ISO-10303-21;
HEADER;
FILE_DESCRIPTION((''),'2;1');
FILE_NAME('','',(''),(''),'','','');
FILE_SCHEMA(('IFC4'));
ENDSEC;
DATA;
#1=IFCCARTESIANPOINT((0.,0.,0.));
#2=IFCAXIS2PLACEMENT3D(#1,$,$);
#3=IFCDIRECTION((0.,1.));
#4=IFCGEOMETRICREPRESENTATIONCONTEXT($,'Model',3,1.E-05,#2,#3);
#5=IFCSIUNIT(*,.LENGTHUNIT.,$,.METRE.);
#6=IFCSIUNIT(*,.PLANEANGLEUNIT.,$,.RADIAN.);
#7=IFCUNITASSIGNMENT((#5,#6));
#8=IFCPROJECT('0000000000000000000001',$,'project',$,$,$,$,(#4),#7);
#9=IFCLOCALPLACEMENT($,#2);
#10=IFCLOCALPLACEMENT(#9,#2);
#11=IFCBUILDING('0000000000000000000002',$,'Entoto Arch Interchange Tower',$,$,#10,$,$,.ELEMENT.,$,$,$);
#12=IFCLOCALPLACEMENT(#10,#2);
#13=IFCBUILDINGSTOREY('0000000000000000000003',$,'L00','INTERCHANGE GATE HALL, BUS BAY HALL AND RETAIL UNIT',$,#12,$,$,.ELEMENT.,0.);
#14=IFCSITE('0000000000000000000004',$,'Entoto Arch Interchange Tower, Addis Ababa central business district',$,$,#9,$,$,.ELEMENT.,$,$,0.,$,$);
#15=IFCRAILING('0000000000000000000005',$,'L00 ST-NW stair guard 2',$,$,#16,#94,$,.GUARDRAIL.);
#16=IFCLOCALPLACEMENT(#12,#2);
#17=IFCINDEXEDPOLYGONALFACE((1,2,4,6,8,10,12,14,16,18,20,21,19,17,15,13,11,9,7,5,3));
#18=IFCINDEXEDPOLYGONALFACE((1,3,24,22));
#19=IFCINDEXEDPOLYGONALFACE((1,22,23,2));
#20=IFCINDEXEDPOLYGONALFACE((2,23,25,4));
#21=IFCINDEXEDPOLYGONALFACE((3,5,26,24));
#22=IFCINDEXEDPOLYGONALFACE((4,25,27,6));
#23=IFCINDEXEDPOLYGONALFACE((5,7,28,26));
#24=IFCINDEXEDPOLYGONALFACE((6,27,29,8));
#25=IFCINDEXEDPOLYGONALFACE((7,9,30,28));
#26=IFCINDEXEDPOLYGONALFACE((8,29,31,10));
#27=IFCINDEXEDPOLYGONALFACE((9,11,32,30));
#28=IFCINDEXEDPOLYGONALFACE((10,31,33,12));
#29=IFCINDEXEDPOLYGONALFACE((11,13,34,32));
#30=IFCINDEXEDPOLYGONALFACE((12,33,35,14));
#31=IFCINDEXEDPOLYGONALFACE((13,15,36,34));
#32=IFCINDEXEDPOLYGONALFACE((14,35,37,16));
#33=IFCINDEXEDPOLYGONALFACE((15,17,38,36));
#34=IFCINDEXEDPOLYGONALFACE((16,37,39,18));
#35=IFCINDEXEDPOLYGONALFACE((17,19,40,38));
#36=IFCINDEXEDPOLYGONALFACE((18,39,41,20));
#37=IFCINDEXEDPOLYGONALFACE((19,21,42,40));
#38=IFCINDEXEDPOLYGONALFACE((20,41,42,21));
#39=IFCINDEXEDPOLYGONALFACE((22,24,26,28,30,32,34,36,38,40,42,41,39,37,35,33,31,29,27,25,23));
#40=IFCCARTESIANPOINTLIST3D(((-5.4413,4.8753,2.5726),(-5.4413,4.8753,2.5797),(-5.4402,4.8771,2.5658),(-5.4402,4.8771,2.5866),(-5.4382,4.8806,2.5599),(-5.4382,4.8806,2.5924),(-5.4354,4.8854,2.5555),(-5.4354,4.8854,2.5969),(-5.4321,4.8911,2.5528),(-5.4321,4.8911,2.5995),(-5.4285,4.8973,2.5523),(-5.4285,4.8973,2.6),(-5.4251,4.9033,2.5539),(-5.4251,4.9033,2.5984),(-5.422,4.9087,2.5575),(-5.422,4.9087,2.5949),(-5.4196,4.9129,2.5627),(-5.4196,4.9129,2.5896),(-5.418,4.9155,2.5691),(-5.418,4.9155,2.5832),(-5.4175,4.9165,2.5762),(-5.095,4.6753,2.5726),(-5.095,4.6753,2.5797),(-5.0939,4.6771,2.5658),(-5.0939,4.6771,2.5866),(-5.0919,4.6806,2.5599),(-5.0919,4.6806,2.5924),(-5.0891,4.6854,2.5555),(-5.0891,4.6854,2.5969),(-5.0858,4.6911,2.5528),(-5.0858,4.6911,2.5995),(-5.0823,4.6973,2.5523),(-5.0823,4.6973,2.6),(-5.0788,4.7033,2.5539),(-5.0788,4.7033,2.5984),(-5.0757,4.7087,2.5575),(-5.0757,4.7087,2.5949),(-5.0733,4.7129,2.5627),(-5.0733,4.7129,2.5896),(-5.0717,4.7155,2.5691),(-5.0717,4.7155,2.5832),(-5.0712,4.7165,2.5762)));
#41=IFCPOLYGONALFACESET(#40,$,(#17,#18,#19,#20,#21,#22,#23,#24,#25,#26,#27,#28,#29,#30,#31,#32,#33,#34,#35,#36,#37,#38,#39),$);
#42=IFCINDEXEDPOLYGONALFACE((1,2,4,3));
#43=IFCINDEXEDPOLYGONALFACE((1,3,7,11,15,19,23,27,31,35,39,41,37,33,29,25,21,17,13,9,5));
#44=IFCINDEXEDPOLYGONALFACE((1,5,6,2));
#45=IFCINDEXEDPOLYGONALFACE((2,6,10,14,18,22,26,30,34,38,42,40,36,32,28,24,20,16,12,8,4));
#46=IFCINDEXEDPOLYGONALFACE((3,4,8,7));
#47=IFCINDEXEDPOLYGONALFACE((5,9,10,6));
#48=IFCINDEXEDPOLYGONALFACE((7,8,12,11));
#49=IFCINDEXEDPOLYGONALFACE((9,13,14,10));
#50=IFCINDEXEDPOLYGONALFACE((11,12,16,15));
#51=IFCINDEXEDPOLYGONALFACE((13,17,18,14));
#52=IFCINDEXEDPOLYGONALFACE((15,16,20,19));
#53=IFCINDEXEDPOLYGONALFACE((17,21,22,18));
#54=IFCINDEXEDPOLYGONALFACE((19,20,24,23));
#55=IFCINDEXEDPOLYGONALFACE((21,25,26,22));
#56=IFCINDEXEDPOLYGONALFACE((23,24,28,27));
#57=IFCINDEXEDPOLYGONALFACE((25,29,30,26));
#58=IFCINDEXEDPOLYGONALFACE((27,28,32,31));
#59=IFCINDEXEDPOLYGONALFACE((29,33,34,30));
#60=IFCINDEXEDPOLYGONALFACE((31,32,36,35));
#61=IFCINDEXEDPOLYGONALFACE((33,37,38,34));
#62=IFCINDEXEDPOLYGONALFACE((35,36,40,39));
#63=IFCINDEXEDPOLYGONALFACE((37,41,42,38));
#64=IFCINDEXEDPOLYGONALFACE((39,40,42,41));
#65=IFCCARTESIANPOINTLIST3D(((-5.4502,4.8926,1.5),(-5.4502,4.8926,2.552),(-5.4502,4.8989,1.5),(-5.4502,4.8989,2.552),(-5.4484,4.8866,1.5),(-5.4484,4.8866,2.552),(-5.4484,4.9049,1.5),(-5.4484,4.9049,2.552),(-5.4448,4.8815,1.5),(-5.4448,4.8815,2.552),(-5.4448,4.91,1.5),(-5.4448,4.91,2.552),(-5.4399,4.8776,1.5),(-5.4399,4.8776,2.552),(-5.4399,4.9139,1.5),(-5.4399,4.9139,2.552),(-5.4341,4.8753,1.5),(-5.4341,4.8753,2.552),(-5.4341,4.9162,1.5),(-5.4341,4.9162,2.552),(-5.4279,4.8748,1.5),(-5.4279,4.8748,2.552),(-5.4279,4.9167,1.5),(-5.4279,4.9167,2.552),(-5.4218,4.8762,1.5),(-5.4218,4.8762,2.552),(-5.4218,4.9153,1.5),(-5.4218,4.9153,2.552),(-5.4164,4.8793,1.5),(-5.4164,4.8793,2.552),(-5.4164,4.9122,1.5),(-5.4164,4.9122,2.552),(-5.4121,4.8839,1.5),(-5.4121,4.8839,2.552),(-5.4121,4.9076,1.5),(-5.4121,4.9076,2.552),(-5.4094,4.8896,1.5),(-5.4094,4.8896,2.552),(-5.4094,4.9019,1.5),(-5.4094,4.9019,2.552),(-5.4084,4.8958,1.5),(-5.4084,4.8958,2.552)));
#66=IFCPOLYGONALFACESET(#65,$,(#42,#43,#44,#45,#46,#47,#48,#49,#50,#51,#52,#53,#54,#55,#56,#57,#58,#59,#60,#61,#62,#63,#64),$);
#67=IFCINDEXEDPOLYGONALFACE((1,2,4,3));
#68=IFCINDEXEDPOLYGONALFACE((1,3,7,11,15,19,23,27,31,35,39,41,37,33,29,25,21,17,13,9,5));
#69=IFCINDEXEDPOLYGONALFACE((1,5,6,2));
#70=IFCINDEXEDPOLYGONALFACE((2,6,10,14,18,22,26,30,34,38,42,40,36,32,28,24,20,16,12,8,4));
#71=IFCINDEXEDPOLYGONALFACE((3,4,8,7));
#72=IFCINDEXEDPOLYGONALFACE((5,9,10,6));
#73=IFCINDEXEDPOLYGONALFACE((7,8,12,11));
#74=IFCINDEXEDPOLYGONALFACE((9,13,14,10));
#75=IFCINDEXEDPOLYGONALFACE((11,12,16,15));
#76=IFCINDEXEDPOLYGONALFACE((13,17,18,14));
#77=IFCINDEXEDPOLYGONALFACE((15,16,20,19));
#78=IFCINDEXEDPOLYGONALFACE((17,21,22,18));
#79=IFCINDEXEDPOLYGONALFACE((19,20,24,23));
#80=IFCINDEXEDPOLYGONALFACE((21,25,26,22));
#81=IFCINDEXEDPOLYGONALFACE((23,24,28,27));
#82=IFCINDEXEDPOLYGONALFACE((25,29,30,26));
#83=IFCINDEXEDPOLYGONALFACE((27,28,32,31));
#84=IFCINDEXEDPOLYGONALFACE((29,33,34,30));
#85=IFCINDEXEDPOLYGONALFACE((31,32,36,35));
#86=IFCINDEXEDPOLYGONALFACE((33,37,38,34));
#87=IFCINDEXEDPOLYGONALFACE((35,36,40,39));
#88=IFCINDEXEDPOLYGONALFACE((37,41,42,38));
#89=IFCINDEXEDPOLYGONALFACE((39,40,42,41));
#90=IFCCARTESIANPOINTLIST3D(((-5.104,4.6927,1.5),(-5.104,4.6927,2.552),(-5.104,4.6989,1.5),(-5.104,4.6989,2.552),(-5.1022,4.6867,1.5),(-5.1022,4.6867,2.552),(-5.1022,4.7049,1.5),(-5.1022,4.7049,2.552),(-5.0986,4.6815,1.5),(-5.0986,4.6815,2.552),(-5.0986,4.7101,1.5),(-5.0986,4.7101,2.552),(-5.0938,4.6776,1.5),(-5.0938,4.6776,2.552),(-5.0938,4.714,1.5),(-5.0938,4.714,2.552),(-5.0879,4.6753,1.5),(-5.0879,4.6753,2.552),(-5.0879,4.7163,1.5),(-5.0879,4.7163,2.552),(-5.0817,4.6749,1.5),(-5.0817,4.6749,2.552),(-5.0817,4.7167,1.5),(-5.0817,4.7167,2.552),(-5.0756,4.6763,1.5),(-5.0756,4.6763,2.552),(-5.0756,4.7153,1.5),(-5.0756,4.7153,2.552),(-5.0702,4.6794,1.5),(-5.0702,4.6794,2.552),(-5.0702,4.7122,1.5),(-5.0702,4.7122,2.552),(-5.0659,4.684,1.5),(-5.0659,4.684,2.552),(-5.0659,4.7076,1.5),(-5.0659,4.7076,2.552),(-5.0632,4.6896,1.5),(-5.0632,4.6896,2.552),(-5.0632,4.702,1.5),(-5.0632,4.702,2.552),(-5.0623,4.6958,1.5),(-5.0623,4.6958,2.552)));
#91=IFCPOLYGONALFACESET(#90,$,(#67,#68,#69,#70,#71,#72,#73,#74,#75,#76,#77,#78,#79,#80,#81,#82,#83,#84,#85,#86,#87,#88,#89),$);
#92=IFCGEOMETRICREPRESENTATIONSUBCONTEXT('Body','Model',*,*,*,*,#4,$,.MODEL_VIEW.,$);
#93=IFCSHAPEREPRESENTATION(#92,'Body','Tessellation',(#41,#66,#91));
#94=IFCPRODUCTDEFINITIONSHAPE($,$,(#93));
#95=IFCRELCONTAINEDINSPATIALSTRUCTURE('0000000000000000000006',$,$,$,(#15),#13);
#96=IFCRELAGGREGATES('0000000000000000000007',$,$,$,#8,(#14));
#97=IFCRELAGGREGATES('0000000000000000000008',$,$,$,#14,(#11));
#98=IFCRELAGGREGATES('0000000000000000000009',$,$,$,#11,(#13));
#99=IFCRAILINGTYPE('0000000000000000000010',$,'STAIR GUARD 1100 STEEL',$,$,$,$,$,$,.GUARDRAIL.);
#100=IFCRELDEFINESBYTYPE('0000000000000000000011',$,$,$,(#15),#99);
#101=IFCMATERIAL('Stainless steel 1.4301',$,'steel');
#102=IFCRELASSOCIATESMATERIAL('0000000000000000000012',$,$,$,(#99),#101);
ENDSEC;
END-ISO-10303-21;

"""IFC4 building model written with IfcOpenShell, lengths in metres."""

from ifc_helpers import new_model, si_unit, direction, frame, origin, origin_2d, place, context, subcontext, project, spatial, circle, extrude, material, type_object, element, save


model = new_model("IFC4")

# Units and contexts
model_context = context("Model", 3, precision=1e-05, world=origin(), true_north=direction((0.0, 1.0)))
body_context = subcontext(model_context, "Body", "Model", "MODEL_VIEW")
ifc_project = project(units=[si_unit("LENGTHUNIT", "METRE"), si_unit("PLANEANGLEUNIT", "RADIAN")], contexts=[model_context])

# Site, building, storey
site_placement = place(None, origin())
site = spatial("IfcSite", under=ifc_project, at=site_placement, Name="Entoto Arch Interchange Tower, Addis Ababa central business district", CompositionType="ELEMENT", RefElevation=0.0)
building_placement = place(site_placement, origin())
building = spatial("IfcBuilding", under=site, at=building_placement, Name="Entoto Arch Interchange Tower", CompositionType="ELEMENT")
storey_placement = place(building_placement, origin())
storey = spatial("IfcBuildingStorey", under=building, at=storey_placement, Name="L00", Description="INTERCHANGE GATE HALL, BUS BAY HALL AND RETAIL UNIT", CompositionType="ELEMENT", Elevation=0.0)

# Railing
ifc_material_1 = material(Name="Stainless steel 1.4301", Category="steel")
railing_type_1 = type_object("IfcRailingType", Name="STAIR GUARD 1100 STEEL", PredefinedType="GUARDRAIL", material=ifc_material_1)
railing_1_placement = place(storey_placement, frame((-5.4294, 4.8958, 1.5)))
element("IfcRailing", 1, at=railing_1_placement, inside=storey, type_object=railing_type_1, Name="L00 ST-NW stair guard 2", PredefinedType="GUARDRAIL", context=body_context, shape_type="SweptSolid", body=[
    extrude(circle(Radius=0.0239, at=origin_2d()), frame((0.0, 0.0, 1.0762), z_axis=(0.865941, -0.500145, 0.0), x_axis=(0.500145, 0.865941, 0.0)), (0.0, 0.0, 1.0), 0.3999),
    extrude(circle(Radius=0.021, at=origin_2d()), origin(), (0.0, 0.0, 1.0), 1.052),
    extrude(circle(Radius=0.021, at=origin_2d()), frame((0.3462, -0.2, 0.0)), (0.0, 0.0, 1.0), 1.052),
])

save(model, "model.ifc")
